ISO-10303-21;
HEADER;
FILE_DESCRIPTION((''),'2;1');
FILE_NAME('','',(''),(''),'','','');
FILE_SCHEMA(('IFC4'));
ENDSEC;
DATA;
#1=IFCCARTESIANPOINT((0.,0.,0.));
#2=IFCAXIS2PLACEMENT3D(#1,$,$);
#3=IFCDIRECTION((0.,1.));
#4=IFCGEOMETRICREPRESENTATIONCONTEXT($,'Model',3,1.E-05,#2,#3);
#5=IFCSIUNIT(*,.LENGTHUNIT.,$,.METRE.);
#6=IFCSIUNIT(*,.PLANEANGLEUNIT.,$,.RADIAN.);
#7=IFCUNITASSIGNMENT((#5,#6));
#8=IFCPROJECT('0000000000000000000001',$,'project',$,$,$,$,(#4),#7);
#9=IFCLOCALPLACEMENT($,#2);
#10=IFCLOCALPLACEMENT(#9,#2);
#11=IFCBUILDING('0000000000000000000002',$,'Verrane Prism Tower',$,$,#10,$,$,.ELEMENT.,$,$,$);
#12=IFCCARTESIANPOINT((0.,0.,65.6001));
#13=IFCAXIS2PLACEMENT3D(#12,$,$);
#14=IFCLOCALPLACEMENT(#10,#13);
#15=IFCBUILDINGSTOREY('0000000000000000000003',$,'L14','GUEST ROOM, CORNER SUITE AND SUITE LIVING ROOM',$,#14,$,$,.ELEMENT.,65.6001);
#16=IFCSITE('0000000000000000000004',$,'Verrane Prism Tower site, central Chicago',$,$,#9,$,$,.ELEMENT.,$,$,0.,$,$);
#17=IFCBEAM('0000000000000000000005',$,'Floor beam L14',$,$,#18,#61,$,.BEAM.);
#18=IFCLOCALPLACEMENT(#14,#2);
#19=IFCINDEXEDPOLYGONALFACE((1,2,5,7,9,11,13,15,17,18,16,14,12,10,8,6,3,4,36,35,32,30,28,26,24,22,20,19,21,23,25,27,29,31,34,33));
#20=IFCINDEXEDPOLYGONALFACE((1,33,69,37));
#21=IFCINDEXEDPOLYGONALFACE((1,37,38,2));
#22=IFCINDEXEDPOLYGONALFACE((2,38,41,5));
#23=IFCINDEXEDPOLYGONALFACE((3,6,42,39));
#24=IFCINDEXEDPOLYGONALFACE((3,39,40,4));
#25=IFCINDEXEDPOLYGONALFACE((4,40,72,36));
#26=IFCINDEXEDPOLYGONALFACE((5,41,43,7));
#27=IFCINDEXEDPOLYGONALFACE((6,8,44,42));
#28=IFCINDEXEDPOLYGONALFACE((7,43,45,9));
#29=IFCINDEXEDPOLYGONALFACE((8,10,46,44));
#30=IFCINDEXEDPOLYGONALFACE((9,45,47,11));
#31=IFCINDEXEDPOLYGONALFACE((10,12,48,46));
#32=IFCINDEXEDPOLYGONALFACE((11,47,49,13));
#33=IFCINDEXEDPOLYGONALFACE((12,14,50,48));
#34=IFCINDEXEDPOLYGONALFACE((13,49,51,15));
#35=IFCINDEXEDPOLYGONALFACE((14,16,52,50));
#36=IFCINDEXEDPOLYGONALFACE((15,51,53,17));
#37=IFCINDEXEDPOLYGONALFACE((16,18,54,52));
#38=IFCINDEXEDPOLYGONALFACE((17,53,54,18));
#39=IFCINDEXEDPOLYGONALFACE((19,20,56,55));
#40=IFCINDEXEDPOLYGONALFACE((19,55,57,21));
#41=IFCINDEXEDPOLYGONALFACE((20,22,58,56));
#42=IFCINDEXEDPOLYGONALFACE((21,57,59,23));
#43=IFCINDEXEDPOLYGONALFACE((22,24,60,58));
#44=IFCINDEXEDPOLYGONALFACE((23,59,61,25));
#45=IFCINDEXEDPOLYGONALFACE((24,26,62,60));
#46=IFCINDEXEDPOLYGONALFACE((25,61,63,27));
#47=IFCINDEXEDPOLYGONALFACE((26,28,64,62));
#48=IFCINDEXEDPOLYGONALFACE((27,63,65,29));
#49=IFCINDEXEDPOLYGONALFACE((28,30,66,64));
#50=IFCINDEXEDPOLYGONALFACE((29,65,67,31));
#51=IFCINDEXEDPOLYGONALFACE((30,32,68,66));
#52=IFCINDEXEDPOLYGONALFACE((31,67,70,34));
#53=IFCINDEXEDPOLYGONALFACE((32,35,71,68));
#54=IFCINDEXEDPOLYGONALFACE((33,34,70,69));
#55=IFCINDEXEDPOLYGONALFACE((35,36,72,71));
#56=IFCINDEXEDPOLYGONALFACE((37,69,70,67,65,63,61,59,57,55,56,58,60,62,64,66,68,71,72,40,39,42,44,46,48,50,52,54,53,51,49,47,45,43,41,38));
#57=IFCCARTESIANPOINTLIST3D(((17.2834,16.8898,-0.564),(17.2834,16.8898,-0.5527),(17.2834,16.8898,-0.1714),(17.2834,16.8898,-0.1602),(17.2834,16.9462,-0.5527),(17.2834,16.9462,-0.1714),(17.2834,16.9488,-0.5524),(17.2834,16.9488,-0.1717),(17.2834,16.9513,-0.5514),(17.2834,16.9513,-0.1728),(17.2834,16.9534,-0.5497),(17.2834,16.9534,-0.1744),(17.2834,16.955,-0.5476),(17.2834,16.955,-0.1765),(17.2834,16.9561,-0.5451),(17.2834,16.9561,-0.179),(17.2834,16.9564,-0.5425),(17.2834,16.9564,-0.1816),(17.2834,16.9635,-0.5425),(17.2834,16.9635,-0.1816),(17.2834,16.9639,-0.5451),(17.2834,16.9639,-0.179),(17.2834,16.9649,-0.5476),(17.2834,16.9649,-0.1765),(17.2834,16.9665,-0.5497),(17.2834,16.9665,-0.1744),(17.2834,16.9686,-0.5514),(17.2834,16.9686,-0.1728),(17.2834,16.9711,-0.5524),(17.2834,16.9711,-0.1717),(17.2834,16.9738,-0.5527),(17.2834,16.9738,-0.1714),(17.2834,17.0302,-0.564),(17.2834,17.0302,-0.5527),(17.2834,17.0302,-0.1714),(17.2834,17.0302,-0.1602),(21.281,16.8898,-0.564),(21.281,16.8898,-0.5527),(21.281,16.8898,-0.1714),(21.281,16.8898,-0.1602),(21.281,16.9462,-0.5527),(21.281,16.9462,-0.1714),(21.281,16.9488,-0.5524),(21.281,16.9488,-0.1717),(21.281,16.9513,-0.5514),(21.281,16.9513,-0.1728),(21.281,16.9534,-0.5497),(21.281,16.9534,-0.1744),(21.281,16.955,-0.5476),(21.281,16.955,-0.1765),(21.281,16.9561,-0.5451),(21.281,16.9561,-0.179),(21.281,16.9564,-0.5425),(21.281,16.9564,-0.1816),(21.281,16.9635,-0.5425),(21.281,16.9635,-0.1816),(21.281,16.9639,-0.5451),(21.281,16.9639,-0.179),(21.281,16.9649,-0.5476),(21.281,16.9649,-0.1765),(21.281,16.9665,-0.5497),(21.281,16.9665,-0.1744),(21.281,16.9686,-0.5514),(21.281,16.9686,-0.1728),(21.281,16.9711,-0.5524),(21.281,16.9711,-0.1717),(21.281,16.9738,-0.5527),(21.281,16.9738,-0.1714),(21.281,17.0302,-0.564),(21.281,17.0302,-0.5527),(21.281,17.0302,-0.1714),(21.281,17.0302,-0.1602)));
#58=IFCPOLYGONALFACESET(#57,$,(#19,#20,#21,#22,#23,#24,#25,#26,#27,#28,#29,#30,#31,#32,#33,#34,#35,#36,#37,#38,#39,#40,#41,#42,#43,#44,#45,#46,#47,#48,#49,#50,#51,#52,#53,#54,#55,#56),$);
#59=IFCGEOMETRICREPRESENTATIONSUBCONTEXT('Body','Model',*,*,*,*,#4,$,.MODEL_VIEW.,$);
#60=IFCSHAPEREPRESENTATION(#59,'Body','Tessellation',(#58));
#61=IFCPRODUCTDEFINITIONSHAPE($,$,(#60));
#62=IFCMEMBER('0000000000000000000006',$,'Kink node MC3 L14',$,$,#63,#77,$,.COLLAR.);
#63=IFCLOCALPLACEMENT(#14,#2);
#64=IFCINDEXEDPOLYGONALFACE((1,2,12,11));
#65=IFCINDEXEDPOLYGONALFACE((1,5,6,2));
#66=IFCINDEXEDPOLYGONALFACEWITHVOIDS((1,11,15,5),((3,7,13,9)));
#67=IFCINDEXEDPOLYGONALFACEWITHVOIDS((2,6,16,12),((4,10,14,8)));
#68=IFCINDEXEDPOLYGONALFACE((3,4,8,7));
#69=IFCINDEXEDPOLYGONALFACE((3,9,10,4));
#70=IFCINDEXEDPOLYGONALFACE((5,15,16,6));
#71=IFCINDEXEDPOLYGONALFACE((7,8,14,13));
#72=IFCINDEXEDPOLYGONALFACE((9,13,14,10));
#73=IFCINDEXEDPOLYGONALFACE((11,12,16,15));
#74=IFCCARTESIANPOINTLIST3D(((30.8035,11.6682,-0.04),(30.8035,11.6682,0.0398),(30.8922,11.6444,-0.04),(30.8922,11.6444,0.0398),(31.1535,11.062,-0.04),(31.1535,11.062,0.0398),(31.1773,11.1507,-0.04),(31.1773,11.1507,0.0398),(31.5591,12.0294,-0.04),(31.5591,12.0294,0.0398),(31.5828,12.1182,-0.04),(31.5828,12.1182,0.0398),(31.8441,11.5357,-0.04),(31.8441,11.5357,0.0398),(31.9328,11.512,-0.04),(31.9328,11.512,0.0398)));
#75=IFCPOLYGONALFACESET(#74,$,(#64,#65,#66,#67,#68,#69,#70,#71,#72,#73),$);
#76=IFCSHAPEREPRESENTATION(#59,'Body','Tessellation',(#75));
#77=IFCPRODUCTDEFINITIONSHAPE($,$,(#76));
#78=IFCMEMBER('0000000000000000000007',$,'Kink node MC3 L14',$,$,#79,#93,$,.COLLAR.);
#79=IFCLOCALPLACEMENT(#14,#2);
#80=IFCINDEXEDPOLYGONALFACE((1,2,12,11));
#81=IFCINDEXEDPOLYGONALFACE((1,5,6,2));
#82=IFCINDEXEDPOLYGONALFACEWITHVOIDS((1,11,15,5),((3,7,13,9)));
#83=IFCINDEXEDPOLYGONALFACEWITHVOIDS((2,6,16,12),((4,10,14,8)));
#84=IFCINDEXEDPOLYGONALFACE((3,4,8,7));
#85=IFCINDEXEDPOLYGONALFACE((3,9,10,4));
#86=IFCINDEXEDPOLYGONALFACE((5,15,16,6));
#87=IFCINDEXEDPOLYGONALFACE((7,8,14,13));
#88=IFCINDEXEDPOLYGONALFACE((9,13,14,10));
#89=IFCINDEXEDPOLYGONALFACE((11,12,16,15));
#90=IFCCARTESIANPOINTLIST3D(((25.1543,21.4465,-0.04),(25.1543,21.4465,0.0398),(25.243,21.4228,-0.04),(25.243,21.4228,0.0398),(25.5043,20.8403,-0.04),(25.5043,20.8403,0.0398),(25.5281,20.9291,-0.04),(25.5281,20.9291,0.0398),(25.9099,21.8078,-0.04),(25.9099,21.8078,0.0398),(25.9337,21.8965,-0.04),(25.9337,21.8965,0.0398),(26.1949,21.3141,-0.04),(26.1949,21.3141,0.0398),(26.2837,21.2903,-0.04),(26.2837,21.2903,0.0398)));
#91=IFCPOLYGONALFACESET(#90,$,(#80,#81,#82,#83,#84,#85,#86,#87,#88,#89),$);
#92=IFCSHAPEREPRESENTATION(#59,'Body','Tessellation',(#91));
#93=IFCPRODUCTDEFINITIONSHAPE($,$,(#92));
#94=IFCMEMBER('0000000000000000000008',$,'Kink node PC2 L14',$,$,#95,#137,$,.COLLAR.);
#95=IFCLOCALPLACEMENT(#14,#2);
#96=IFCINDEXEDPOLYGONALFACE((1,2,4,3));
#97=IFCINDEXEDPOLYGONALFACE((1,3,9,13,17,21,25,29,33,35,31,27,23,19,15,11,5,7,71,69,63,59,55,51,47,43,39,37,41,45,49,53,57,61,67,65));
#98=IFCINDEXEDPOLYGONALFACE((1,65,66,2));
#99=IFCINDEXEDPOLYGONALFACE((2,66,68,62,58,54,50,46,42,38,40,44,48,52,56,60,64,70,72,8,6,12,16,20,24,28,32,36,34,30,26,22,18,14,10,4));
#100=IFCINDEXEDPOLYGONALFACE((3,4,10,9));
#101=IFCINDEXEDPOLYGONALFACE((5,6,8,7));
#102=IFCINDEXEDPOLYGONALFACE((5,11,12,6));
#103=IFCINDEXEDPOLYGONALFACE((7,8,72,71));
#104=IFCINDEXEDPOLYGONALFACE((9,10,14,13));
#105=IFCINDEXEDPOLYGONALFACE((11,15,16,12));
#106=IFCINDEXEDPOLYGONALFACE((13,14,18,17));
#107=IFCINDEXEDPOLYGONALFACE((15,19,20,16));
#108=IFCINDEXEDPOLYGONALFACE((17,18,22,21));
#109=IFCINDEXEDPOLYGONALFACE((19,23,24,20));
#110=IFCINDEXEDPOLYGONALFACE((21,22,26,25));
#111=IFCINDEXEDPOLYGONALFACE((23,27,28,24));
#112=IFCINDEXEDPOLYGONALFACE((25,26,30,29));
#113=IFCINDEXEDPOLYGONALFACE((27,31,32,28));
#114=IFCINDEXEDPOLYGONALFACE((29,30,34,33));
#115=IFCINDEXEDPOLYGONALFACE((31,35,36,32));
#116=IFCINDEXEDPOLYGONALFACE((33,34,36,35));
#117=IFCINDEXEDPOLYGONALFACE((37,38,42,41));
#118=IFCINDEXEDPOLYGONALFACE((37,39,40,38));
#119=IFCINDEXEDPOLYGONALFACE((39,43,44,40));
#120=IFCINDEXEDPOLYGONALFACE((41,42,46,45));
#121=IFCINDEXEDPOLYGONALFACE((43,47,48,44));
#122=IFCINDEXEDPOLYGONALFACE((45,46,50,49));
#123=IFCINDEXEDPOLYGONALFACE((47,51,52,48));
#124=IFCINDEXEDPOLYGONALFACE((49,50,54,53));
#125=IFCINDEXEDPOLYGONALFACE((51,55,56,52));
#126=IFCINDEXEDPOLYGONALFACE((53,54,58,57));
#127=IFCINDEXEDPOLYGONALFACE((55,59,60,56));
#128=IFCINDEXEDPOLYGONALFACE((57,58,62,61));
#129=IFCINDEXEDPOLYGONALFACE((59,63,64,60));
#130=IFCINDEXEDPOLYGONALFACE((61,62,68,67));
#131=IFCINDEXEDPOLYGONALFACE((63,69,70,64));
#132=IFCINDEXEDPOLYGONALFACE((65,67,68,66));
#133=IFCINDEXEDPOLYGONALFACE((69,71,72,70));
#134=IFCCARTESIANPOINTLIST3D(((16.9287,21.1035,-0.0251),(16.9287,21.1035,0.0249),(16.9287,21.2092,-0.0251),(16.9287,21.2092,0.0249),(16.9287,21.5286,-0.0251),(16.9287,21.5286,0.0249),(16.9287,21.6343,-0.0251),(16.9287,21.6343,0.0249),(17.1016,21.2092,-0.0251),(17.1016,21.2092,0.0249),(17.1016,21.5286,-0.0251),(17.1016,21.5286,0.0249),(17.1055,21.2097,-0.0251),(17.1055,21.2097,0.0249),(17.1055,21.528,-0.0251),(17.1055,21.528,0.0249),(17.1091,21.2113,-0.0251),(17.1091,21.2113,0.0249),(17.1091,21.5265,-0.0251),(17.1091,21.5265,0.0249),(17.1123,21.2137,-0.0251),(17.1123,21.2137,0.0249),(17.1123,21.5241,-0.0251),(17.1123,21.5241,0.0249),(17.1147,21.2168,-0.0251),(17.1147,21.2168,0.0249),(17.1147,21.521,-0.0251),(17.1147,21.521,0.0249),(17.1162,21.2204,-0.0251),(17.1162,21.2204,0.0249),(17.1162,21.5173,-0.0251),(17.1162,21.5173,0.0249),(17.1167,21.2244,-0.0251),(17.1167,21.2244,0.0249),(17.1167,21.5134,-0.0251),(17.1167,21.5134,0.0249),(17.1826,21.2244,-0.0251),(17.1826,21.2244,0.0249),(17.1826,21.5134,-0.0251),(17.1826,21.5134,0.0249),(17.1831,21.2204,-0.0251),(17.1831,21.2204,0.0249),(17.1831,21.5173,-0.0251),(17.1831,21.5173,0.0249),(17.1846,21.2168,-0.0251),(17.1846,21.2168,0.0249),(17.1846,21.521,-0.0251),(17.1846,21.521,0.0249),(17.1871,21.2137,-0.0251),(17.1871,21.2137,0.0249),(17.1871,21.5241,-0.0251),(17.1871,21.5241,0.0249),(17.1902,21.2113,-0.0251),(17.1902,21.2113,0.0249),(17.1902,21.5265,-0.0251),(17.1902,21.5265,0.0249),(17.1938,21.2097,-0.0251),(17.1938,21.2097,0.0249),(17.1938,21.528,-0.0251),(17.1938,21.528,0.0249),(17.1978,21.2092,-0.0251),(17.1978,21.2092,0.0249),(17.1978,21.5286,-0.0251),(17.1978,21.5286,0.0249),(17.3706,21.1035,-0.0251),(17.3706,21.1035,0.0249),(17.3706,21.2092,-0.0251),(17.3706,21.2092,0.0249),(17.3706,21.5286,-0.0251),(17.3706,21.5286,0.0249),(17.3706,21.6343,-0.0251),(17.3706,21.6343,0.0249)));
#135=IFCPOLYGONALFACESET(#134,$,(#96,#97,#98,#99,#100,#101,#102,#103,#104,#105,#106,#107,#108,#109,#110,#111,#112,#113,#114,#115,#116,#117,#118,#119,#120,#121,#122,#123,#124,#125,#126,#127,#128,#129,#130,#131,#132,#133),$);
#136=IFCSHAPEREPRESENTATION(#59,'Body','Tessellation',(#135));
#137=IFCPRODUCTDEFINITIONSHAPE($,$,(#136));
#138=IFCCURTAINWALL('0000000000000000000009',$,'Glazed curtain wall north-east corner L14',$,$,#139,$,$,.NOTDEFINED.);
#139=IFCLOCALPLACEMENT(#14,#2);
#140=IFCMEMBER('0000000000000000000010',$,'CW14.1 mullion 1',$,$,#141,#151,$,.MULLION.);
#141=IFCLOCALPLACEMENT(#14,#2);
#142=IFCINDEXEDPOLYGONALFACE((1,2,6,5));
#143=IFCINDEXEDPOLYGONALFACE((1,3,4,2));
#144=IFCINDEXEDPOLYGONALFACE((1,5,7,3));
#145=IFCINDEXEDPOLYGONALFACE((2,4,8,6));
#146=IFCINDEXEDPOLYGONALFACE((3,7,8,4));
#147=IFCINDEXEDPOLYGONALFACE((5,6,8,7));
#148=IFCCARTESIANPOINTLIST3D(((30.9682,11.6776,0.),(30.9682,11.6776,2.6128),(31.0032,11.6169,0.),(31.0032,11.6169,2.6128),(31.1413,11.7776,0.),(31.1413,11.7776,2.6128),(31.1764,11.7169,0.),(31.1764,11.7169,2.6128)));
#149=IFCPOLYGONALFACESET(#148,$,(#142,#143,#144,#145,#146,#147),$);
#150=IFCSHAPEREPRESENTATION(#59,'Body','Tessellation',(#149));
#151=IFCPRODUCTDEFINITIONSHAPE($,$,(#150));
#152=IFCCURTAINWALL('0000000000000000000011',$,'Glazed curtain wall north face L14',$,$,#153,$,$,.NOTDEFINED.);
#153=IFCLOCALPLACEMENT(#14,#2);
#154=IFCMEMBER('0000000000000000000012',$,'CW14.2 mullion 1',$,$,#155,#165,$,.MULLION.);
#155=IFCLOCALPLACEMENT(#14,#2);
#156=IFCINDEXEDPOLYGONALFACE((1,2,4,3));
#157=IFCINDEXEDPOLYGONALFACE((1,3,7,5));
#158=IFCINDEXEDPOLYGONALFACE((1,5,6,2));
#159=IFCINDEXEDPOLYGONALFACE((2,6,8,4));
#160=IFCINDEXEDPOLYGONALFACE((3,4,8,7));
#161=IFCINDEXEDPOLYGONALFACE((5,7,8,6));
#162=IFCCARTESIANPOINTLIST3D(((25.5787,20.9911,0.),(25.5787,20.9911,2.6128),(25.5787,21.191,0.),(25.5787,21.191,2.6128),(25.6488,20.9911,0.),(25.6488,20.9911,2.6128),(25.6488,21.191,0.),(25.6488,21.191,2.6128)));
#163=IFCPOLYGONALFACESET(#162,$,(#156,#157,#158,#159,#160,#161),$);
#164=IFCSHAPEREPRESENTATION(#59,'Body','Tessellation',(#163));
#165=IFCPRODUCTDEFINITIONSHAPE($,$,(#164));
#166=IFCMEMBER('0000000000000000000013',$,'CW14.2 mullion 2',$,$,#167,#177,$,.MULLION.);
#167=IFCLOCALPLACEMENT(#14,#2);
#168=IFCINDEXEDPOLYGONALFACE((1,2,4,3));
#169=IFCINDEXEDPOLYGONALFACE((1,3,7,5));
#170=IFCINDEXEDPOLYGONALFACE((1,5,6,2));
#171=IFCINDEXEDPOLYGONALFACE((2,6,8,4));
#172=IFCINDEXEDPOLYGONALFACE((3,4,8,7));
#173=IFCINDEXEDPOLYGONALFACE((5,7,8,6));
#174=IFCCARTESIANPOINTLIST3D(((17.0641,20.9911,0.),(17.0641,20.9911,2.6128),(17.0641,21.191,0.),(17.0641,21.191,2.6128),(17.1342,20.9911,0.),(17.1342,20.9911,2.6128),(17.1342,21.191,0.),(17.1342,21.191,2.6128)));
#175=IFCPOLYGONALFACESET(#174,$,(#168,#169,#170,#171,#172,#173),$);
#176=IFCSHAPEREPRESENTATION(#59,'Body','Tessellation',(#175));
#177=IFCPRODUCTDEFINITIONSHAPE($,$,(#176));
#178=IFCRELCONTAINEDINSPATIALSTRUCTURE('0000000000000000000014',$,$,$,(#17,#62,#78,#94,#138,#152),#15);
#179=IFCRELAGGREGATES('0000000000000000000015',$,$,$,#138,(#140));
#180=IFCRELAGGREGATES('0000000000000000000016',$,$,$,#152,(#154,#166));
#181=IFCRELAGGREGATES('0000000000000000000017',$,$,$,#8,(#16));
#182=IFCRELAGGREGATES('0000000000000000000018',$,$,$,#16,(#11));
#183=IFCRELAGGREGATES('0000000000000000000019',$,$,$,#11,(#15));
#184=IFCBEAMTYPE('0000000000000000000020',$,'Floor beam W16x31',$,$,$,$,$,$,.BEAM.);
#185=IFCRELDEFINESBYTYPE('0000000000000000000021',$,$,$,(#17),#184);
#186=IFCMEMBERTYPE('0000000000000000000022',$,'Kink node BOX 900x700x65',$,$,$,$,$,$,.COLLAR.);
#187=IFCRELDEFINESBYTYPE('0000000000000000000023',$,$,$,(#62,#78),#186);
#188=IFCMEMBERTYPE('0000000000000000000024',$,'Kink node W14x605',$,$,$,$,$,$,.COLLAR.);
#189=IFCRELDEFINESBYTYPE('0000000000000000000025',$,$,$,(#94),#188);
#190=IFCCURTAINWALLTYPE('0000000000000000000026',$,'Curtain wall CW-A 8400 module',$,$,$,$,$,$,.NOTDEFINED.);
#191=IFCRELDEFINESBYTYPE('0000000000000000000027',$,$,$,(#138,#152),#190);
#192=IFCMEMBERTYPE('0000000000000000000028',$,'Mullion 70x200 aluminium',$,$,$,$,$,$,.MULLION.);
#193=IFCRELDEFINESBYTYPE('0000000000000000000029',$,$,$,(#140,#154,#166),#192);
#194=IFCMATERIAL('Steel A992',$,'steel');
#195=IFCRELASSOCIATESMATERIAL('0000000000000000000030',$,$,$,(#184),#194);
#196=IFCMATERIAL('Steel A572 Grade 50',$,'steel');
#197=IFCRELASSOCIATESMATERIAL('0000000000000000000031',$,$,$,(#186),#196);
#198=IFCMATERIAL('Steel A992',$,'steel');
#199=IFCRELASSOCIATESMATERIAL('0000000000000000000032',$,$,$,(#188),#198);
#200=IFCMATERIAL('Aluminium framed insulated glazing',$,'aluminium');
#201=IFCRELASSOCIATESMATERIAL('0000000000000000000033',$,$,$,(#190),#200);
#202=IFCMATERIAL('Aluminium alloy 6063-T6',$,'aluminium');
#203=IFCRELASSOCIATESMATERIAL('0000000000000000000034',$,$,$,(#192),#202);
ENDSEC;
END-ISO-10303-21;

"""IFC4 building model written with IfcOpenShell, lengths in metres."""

from ifc_helpers import new_model, si_unit, direction, frame, origin, origin_2d, place, context, subcontext, project, spatial, rectangle, hollow_rectangle, i_section, extrude, material, material_profile, profile_set, type_object, element, aggregate, save


model = new_model("IFC4")

# Units and contexts
model_context = context("Model", 3, precision=1e-05, world=origin(), true_north=direction((0.0, 1.0)))
body_context = subcontext(model_context, "Body", "Model", "MODEL_VIEW")
ifc_project = project(units=[si_unit("LENGTHUNIT", "METRE"), si_unit("PLANEANGLEUNIT", "RADIAN")], contexts=[model_context])

# Site, building, storey
site_placement = place(None, origin())
site = spatial("IfcSite", under=ifc_project, at=site_placement, Name="Verrane Prism Tower site, central Chicago", CompositionType="ELEMENT", RefElevation=0.0)
building_placement = place(site_placement, origin())
building = spatial("IfcBuilding", under=site, at=building_placement, Name="Verrane Prism Tower", CompositionType="ELEMENT")
storey_placement = place(building_placement, frame((0.0, 0.0, 65.6001)))
storey = spatial("IfcBuildingStorey", under=building, at=storey_placement, Name="L14", Description="GUEST ROOM, CORNER SUITE AND SUITE LIVING ROOM", CompositionType="ELEMENT", Elevation=65.6001)

# Beam
ifc_material_1 = material(Name="Steel A992", Category="steel")
ifc_material_profile_1 = material_profile(ifc_material_1, i_section(OverallWidth=0.1404, OverallDepth=0.4038, WebThickness=0.0071, FlangeThickness=0.0112, FilletRadius=0.0103, at=origin_2d()), Name="W16x31")
ifc_profile_set_1 = profile_set([ifc_material_profile_1], Name="Steel A992")
beam_type_1 = type_object("IfcBeamType", Name="Floor beam W16x31", PredefinedType="BEAM", material=ifc_profile_set_1)
beam_1_placement = place(storey_placement, frame((17.2834, 16.96, -0.3621), z_axis=(1.0, 0.0, 0.0), x_axis=(0.0, 1.0, 0.0)))
element("IfcBeam", 1, at=beam_1_placement, inside=storey, type_object=beam_type_1, Name="Floor beam L14", PredefinedType="BEAM", context=body_context, shape_type="SweptSolid", body=[
    extrude(i_section(OverallWidth=0.1404, OverallDepth=0.4038, WebThickness=0.0071, FlangeThickness=0.0112, FilletRadius=0.0103, at=origin_2d()), origin(), (0.0, 0.0, 1.0), 3.9976),
])

# Members
ifc_material_2 = material(Name="Steel A572 Grade 50", Category="steel")
ifc_material_profile_2 = material_profile(ifc_material_2, hollow_rectangle(XDim=0.7, YDim=0.8999, WallThickness=0.0649, at=origin_2d()), Name="BOX 900x700x65")
ifc_profile_set_2 = profile_set([ifc_material_profile_2], Name="Steel A572 Grade 50")
member_type_1 = type_object("IfcMemberType", Name="Kink node BOX 900x700x65", PredefinedType="COLLAR", material=ifc_profile_set_2)
for number, where, z_axis, x_axis, name in (
    (2, (31.3682, 11.5901, -0.04), (0.0, 0.0, 1.0), (0.5, -0.866025, 0.0), "Kink node MC3 L14"),
    (3, (25.719, 21.3684, -0.04), (0.0, 0.0, 1.0), (0.5, -0.866025, 0.0), "Kink node MC3 L14"),
):
    element("IfcMember", number, at=place(storey_placement, frame(where, z_axis=z_axis, x_axis=x_axis)), inside=storey, type_object=member_type_1, Name=name, PredefinedType="COLLAR", context=body_context, shape_type="SweptSolid", body=[
        extrude(hollow_rectangle(XDim=0.7, YDim=0.8999, WallThickness=0.0649, at=origin_2d()), origin(), (0.0, 0.0, 1.0), 0.0798),
    ])
ifc_material_3 = material(Name="Steel A992", Category="steel")
ifc_material_profile_3 = material_profile(ifc_material_3, i_section(OverallWidth=0.4419, OverallDepth=0.5308, WebThickness=0.0659, FlangeThickness=0.1057, FilletRadius=0.0151, at=origin_2d()), Name="W14x605")
ifc_profile_set_3 = profile_set([ifc_material_profile_3], Name="Steel A992")
member_type_2 = type_object("IfcMemberType", Name="Kink node W14x605", PredefinedType="COLLAR", material=ifc_profile_set_3)
member_1_placement = place(storey_placement, frame((17.1497, 21.3689, -0.0251), z_axis=(0.0, 0.0, 1.0), x_axis=(1.0, 0.0, 0.0)))
element("IfcMember", 4, at=member_1_placement, inside=storey, type_object=member_type_2, Name="Kink node PC2 L14", PredefinedType="COLLAR", context=body_context, shape_type="SweptSolid", body=[
    extrude(i_section(OverallWidth=0.4419, OverallDepth=0.5308, WebThickness=0.0659, FlangeThickness=0.1057, FilletRadius=0.0151, at=origin_2d()), origin(), (0.0, 0.0, 1.0), 0.05),
])

# Curtain wall, member
ifc_material_4 = material(Name="Aluminium framed insulated glazing", Category="aluminium")
curtain_wall_type = type_object("IfcCurtainWallType", Name="Curtain wall CW-A 8400 module", PredefinedType="NOTDEFINED", material=ifc_material_4)
curtain_wall_1_placement = place(storey_placement, origin())
curtain_wall_1 = element("IfcCurtainWall", 5, at=curtain_wall_1_placement, inside=storey, type_object=curtain_wall_type, Name="Glazed curtain wall north-east corner L14", PredefinedType="NOTDEFINED")
ifc_material_5 = material(Name="Aluminium alloy 6063-T6", Category="aluminium")
ifc_material_profile_4 = material_profile(ifc_material_5, rectangle(XDim=0.2, YDim=0.0701, at=origin_2d()), Name="Mullion 70x200 aluminium")
ifc_profile_set_4 = profile_set([ifc_material_profile_4], Name="Aluminium alloy 6063-T6")
member_type_3 = type_object("IfcMemberType", Name="Mullion 70x200 aluminium", PredefinedType="MULLION", material=ifc_profile_set_4)
member_2_placement = place(storey_placement, frame((31.0723, 11.6973, 0.0), z_axis=(0.0, 0.0, 1.0), x_axis=(-0.866027, -0.499997, 0.0)))
member_2 = element("IfcMember", 6, at=member_2_placement, type_object=member_type_3, Name="CW14.1 mullion 1", PredefinedType="MULLION", context=body_context, shape_type="SweptSolid", body=[
    extrude(rectangle(XDim=0.2, YDim=0.0701, at=origin_2d()), origin(), (0.0, 0.0, 1.0), 2.6128),
])

# Curtain wall, members
curtain_wall_2_placement = place(storey_placement, origin())
curtain_wall_2 = element("IfcCurtainWall", 7, at=curtain_wall_2_placement, inside=storey, type_object=curtain_wall_type, Name="Glazed curtain wall north face L14", PredefinedType="NOTDEFINED")
member_3_placement = place(storey_placement, frame((25.6138, 21.0911, 0.0), z_axis=(0.0, 0.0, 1.0), x_axis=(0.0, -1.0, 0.0)))
member_3 = element("IfcMember", 8, at=member_3_placement, type_object=member_type_3, Name="CW14.2 mullion 1", PredefinedType="MULLION", context=body_context, shape_type="SweptSolid", body=[
    extrude(rectangle(XDim=0.2, YDim=0.0701, at=origin_2d()), origin(), (0.0, 0.0, 1.0), 2.6128),
])
member_4_placement = place(storey_placement, frame((17.0991, 21.0911, 0.0), z_axis=(0.0, 0.0, 1.0), x_axis=(0.0, -1.0, 0.0)))
member_4 = element("IfcMember", 9, at=member_4_placement, type_object=member_type_3, Name="CW14.2 mullion 2", PredefinedType="MULLION", context=body_context, shape_type="SweptSolid", body=[
    extrude(rectangle(XDim=0.2, YDim=0.0701, at=origin_2d()), origin(), (0.0, 0.0, 1.0), 2.6128),
])

aggregate(curtain_wall_1, [member_2])
aggregate(curtain_wall_2, [member_3, member_4])

save(model, "model.ifc")
